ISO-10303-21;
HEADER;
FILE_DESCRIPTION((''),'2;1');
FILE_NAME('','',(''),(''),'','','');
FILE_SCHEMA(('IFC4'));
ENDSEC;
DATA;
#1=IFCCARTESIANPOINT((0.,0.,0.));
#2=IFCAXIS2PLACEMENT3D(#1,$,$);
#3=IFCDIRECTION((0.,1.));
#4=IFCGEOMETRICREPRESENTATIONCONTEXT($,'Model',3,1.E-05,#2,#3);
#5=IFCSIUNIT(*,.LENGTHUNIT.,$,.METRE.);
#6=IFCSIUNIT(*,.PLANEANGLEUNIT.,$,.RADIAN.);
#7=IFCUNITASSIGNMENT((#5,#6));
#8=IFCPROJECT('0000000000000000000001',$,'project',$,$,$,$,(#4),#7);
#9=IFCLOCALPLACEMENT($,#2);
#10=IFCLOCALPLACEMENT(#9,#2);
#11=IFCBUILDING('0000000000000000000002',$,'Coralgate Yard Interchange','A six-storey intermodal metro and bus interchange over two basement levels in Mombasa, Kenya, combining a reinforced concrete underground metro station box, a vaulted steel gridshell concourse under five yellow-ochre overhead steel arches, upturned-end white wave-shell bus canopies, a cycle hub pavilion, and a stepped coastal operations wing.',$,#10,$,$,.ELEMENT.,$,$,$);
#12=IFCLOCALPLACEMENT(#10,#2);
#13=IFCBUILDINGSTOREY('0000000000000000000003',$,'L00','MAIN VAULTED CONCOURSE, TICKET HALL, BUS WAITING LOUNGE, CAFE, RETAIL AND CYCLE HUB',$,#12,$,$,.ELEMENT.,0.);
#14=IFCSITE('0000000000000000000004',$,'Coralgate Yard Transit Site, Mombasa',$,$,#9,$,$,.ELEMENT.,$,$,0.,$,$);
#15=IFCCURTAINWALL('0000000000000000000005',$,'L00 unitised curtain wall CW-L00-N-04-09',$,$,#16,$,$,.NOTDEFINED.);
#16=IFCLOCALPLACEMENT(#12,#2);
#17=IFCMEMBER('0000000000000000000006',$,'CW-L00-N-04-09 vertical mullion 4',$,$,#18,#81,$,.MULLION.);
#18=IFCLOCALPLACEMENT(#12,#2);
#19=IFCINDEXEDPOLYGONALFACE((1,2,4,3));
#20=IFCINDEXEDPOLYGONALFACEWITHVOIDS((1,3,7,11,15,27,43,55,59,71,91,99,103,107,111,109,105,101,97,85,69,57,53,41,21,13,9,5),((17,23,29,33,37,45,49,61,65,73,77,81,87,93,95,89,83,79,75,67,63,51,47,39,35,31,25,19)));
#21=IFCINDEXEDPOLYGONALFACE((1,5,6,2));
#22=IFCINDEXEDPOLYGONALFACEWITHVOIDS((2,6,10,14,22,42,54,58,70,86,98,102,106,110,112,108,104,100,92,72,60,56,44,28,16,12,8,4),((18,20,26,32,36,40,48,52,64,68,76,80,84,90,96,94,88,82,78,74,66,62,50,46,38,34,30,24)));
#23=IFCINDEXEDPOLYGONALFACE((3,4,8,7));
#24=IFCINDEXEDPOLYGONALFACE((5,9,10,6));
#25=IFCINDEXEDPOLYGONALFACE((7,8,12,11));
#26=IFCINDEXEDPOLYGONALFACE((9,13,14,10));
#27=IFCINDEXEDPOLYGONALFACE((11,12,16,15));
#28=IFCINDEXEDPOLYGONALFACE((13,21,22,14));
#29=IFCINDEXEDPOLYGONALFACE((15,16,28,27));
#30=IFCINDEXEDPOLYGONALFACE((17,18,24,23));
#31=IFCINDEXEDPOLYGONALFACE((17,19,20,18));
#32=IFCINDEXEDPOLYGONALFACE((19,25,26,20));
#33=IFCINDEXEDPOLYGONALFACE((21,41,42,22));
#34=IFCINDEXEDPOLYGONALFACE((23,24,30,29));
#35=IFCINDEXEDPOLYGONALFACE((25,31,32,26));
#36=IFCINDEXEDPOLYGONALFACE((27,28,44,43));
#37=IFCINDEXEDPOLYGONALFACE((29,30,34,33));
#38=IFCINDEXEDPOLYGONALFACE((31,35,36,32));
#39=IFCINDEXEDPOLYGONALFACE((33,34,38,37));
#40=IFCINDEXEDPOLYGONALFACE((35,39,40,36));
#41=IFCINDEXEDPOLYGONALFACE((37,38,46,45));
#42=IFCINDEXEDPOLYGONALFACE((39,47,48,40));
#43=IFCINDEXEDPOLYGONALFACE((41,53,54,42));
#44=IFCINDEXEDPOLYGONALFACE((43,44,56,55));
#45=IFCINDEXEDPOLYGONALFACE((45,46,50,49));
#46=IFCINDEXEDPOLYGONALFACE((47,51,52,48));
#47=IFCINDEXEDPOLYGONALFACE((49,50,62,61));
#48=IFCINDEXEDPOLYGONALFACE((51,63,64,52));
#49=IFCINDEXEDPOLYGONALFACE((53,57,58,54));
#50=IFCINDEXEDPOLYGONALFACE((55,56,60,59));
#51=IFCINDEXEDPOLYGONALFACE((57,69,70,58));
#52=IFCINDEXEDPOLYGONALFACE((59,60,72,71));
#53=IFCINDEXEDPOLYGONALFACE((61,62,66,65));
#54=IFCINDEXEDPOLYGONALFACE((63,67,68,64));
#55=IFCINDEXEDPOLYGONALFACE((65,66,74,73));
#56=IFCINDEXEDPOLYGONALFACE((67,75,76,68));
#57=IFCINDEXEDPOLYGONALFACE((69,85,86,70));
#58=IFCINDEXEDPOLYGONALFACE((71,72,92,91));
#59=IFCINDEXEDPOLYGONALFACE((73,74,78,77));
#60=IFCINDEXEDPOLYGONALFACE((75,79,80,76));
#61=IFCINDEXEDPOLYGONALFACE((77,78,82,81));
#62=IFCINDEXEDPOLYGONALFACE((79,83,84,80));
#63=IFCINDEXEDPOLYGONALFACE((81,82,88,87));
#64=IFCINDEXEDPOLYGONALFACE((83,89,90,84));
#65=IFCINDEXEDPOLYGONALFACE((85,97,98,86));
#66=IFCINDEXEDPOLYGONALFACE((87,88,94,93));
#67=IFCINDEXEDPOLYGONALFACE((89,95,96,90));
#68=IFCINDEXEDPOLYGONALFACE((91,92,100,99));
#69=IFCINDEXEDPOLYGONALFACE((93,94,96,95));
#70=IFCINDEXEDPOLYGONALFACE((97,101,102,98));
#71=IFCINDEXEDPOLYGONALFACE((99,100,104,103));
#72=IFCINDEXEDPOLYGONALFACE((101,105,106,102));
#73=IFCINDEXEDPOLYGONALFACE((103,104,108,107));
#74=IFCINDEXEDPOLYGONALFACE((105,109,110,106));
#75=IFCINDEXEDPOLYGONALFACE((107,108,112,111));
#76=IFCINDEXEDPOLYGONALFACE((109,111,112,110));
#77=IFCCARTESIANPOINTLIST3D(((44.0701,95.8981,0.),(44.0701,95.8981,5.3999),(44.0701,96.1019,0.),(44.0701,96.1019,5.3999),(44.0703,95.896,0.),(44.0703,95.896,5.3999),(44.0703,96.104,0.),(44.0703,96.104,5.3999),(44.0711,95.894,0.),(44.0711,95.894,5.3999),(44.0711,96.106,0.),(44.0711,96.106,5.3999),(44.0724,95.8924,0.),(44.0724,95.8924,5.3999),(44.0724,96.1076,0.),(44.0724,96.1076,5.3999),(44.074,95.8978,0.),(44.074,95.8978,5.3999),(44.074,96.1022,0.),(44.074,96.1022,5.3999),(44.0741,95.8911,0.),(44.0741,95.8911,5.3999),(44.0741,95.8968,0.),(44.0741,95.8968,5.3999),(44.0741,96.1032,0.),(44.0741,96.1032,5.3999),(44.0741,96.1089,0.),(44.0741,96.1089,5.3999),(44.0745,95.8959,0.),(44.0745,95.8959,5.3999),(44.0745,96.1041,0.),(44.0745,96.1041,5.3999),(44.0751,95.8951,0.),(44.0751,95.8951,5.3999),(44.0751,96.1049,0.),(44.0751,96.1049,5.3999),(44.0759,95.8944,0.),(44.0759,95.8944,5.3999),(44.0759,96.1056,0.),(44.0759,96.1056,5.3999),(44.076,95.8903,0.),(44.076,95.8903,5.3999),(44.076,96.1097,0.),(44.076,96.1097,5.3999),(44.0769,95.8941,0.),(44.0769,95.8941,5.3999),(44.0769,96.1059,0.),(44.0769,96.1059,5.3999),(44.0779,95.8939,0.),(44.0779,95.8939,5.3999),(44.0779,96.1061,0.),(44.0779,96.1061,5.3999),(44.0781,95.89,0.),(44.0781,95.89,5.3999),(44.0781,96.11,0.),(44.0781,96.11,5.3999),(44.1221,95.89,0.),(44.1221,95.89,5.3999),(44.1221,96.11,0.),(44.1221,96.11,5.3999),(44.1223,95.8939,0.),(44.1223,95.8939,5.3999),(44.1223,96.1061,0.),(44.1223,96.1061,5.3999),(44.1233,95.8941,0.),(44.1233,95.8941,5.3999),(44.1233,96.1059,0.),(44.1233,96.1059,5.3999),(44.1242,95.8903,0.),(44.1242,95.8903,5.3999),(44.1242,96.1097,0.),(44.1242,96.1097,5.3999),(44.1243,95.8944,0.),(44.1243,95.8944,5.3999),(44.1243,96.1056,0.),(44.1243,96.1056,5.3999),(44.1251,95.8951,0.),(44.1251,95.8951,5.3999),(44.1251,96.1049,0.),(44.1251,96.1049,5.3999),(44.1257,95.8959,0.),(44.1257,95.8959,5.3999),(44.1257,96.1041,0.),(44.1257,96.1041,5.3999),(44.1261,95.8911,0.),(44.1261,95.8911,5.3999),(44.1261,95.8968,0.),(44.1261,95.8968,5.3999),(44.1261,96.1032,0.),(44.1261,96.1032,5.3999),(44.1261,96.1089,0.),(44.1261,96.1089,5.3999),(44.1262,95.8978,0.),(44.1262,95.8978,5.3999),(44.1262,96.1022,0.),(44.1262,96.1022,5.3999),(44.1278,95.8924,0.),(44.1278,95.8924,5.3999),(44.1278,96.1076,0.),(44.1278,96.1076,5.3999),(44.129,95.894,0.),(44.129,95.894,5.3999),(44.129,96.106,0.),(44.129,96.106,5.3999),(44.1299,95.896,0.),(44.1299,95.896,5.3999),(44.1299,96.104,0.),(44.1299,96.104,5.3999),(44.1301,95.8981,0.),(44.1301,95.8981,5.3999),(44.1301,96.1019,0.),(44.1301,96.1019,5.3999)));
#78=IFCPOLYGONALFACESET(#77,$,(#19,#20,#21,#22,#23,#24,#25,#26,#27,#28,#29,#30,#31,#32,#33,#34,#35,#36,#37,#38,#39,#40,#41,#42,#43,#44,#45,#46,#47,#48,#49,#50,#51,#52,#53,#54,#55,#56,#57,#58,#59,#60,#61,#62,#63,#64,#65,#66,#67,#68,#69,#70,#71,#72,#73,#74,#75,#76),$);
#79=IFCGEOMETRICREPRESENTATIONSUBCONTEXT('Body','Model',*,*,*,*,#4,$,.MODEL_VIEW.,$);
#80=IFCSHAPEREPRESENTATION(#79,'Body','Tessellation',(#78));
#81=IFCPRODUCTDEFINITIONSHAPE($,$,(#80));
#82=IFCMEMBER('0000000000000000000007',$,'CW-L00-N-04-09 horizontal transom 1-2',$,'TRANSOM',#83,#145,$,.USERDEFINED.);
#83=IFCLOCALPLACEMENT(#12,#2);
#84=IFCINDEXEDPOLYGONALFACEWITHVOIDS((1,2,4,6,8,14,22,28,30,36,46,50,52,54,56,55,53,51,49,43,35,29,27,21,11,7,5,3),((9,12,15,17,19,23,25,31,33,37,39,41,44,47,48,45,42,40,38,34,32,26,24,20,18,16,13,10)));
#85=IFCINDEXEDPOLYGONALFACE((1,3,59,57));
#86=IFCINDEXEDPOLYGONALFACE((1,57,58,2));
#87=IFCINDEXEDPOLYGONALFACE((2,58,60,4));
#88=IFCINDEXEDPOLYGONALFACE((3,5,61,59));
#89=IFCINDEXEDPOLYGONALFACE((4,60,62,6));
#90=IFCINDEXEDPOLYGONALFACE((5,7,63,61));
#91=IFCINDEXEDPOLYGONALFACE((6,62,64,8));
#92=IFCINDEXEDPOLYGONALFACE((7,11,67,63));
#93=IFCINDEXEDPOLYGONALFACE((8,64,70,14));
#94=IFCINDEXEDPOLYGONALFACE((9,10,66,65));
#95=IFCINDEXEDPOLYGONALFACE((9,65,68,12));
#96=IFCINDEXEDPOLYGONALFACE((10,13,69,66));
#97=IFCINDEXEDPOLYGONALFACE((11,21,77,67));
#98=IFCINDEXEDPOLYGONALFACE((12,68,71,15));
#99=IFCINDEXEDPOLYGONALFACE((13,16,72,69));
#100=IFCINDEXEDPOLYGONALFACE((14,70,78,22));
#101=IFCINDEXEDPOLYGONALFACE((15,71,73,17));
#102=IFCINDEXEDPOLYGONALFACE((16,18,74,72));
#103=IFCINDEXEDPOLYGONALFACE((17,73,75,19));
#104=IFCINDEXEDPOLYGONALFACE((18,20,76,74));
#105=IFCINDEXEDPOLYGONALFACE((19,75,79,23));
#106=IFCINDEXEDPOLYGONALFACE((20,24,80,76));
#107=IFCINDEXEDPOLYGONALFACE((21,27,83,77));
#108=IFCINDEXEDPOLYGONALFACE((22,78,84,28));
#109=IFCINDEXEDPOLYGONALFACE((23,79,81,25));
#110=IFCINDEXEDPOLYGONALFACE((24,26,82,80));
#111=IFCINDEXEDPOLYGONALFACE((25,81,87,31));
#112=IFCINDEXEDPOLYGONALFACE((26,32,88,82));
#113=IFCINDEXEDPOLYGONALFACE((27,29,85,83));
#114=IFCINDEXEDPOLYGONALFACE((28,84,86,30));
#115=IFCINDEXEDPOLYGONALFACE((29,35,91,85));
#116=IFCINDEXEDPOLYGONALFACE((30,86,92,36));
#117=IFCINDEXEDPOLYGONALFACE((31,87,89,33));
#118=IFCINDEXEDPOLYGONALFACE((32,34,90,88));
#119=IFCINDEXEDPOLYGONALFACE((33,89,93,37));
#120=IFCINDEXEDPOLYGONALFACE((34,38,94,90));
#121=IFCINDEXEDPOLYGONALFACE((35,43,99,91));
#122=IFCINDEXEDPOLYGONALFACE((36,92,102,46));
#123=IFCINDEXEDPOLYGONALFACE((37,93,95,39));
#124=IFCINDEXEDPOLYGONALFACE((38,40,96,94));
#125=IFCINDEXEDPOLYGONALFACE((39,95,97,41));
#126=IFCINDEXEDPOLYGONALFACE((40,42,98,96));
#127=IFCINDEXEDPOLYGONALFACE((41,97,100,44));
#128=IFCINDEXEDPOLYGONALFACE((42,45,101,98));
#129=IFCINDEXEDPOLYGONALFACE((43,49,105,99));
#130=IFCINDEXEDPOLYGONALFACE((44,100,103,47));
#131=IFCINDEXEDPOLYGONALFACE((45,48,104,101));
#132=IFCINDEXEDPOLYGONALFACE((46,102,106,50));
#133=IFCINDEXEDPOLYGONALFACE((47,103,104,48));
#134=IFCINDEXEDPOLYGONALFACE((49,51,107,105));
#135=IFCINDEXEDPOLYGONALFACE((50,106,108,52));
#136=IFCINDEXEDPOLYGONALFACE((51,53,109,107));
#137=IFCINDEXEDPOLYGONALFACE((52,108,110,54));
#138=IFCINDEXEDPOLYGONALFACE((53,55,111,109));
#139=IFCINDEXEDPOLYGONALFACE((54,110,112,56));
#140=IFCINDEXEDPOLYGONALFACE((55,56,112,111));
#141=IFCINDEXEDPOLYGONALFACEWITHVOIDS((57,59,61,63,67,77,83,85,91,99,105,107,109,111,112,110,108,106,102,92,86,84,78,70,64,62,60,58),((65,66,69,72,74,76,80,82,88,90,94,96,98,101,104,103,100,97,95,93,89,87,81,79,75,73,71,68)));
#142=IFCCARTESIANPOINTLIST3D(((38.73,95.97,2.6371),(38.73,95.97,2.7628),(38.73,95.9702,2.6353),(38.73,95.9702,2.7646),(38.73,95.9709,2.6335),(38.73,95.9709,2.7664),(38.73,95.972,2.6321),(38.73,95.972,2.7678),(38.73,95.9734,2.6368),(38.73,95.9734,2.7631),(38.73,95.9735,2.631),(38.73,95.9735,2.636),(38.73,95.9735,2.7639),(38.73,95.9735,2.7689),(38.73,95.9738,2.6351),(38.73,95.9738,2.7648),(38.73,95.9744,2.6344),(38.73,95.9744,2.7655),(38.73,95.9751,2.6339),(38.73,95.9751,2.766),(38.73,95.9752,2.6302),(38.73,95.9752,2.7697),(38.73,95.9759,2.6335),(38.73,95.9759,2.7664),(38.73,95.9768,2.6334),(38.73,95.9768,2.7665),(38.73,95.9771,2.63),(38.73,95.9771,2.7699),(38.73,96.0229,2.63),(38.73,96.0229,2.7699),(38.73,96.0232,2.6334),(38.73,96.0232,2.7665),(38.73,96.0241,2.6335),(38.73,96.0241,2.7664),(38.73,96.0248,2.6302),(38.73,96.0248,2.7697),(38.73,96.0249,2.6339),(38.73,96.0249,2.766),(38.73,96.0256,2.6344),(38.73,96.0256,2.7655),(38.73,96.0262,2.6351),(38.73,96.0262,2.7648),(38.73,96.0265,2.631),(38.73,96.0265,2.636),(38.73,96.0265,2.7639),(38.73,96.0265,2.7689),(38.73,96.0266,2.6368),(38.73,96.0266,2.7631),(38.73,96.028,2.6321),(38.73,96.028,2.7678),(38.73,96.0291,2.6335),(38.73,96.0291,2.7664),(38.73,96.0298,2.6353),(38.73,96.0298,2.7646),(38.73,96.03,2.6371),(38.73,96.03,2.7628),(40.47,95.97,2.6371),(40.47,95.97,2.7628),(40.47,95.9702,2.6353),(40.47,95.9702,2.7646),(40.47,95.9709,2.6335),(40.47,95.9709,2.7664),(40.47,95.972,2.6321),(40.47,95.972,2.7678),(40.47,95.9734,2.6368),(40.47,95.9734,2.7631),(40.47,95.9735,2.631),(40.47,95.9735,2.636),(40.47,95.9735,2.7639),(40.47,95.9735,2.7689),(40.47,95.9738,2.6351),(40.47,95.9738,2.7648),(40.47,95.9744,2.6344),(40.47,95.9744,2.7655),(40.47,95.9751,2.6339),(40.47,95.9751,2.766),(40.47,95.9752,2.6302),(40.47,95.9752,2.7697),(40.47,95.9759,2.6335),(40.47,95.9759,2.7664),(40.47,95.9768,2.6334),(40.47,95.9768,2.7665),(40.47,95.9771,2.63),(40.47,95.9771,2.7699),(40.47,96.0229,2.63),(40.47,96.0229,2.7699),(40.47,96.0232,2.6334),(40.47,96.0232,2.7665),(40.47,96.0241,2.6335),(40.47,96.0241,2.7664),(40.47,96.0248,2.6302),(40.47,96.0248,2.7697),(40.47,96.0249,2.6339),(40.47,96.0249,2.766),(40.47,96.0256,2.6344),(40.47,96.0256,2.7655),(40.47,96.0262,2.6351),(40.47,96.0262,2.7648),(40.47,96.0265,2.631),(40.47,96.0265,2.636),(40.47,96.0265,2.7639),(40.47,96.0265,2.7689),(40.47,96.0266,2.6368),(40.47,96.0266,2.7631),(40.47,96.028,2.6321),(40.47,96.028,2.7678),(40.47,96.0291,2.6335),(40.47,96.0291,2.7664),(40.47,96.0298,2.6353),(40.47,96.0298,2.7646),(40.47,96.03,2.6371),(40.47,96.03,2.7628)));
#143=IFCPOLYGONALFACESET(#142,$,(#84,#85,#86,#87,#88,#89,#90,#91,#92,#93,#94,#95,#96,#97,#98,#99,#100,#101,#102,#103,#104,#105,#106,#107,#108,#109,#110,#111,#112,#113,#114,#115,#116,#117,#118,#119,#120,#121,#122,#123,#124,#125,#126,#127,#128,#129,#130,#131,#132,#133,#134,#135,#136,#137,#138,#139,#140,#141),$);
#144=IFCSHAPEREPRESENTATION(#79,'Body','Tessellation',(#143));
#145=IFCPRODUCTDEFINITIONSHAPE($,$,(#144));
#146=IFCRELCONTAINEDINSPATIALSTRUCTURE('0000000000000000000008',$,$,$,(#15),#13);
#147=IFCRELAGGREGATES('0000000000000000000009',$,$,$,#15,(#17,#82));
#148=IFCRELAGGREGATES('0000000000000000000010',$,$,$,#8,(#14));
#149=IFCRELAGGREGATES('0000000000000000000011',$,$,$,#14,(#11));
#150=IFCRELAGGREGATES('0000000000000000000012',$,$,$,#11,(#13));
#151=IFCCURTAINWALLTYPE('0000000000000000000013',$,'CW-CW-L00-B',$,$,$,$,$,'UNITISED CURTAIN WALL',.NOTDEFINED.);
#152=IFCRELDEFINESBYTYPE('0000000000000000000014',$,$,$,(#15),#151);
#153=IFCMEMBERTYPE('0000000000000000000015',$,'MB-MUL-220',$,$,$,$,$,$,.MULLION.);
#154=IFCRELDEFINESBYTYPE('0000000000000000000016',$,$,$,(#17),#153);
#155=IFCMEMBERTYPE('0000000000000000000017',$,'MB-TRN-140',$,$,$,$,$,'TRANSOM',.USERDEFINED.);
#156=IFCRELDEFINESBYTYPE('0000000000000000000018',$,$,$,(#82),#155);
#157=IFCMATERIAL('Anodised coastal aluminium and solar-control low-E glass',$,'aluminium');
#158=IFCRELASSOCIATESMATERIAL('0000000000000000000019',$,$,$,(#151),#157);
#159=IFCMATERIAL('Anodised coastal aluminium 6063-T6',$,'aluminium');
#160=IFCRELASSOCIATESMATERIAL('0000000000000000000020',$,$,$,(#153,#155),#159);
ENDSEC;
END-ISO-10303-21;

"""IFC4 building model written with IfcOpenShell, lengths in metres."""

from ifc_helpers import new_model, si_unit, direction, frame, origin, origin_2d, place, context, subcontext, project, spatial, hollow_rectangle, extrude, material, material_profile, profile_set, type_object, element, aggregate, save


model = new_model("IFC4")

# Units and contexts
model_context = context("Model", 3, precision=1e-05, world=origin(), true_north=direction((0.0, 1.0)))
body_context = subcontext(model_context, "Body", "Model", "MODEL_VIEW")
ifc_project = project(units=[si_unit("LENGTHUNIT", "METRE"), si_unit("PLANEANGLEUNIT", "RADIAN")], contexts=[model_context])

# Site, building, storey
site_placement = place(None, origin())
site = spatial("IfcSite", under=ifc_project, at=site_placement, Name="Coralgate Yard Transit Site, Mombasa", CompositionType="ELEMENT", RefElevation=0.0)
building_placement = place(site_placement, origin())
building = spatial("IfcBuilding", under=site, at=building_placement, Name="Coralgate Yard Interchange", Description="A six-storey intermodal metro and bus interchange over two basement levels in Mombasa, Kenya, combining a reinforced concrete underground metro station box, a vaulted steel gridshell concourse under five yellow-ochre overhead steel arches, upturned-end white wave-shell bus canopies, a cycle hub pavilion, and a stepped coastal operations wing.", CompositionType="ELEMENT")
storey_placement = place(building_placement, origin())
storey = spatial("IfcBuildingStorey", under=building, at=storey_placement, Name="L00", Description="MAIN VAULTED CONCOURSE, TICKET HALL, BUS WAITING LOUNGE, CAFE, RETAIL AND CYCLE HUB", CompositionType="ELEMENT", Elevation=0.0)

# Curtain wall, members
ifc_material_1 = material(Name="Anodised coastal aluminium and solar-control low-E glass", Category="aluminium")
curtain_wall_type = type_object("IfcCurtainWallType", Name="CW-CW-L00-B", ElementType="UNITISED CURTAIN WALL", PredefinedType="NOTDEFINED", material=ifc_material_1)
curtain_wall_placement = place(storey_placement, origin())
curtain_wall = element("IfcCurtainWall", 1, at=curtain_wall_placement, inside=storey, type_object=curtain_wall_type, Name="L00 unitised curtain wall CW-L00-N-04-09", PredefinedType="NOTDEFINED")
ifc_material_2 = material(Name="Anodised coastal aluminium 6063-T6", Category="aluminium")
ifc_material_profile_1 = material_profile(ifc_material_2, hollow_rectangle(XDim=0.0601, YDim=0.22, WallThickness=0.0039, InnerFilletRadius=0.0039, OuterFilletRadius=0.0081, at=origin_2d()), Name="ALU 60x220x4")
ifc_profile_set_1 = profile_set([ifc_material_profile_1], Name="Anodised coastal aluminium 6063-T6")
member_type_1 = type_object("IfcMemberType", Name="MB-MUL-220", PredefinedType="MULLION", material=ifc_profile_set_1)
member_1_placement = place(storey_placement, frame((44.1001, 96.0, 0.0), z_axis=(0.0, 0.0, 1.0), x_axis=(1.0, 0.0, 0.0)))
member_1 = element("IfcMember", 2, at=member_1_placement, type_object=member_type_1, Name="CW-L00-N-04-09 vertical mullion 4", PredefinedType="MULLION", context=body_context, shape_type="SweptSolid", body=[
    extrude(hollow_rectangle(XDim=0.0601, YDim=0.22, WallThickness=0.0039, InnerFilletRadius=0.0039, OuterFilletRadius=0.0081, at=origin_2d()), origin(), (0.0, 0.0, 1.0), 5.3999),
])
ifc_material_profile_2 = material_profile(ifc_material_2, hollow_rectangle(XDim=0.0601, YDim=0.1399, WallThickness=0.0034, InnerFilletRadius=0.0034, OuterFilletRadius=0.0071, at=origin_2d()), Name="ALU 60x140x3.5")
ifc_profile_set_2 = profile_set([ifc_material_profile_2], Name="Anodised coastal aluminium 6063-T6")
member_type_2 = type_object("IfcMemberType", Name="MB-TRN-140", ElementType="TRANSOM", PredefinedType="USERDEFINED", material=ifc_profile_set_2)
member_2_placement = place(storey_placement, frame((38.73, 96.0, 2.7), z_axis=(1.0, 0.0, 0.0), x_axis=(0.0, 1.0, 0.0)))
member_2 = element("IfcMember", 3, at=member_2_placement, type_object=member_type_2, Name="CW-L00-N-04-09 horizontal transom 1-2", ObjectType="TRANSOM", PredefinedType="USERDEFINED", context=body_context, shape_type="SweptSolid", body=[
    extrude(hollow_rectangle(XDim=0.0601, YDim=0.1399, WallThickness=0.0034, InnerFilletRadius=0.0034, OuterFilletRadius=0.0071, at=origin_2d()), origin(), (0.0, 0.0, 1.0), 1.74),
])
aggregate(curtain_wall, [member_1, member_2])

save(model, "model.ifc")
